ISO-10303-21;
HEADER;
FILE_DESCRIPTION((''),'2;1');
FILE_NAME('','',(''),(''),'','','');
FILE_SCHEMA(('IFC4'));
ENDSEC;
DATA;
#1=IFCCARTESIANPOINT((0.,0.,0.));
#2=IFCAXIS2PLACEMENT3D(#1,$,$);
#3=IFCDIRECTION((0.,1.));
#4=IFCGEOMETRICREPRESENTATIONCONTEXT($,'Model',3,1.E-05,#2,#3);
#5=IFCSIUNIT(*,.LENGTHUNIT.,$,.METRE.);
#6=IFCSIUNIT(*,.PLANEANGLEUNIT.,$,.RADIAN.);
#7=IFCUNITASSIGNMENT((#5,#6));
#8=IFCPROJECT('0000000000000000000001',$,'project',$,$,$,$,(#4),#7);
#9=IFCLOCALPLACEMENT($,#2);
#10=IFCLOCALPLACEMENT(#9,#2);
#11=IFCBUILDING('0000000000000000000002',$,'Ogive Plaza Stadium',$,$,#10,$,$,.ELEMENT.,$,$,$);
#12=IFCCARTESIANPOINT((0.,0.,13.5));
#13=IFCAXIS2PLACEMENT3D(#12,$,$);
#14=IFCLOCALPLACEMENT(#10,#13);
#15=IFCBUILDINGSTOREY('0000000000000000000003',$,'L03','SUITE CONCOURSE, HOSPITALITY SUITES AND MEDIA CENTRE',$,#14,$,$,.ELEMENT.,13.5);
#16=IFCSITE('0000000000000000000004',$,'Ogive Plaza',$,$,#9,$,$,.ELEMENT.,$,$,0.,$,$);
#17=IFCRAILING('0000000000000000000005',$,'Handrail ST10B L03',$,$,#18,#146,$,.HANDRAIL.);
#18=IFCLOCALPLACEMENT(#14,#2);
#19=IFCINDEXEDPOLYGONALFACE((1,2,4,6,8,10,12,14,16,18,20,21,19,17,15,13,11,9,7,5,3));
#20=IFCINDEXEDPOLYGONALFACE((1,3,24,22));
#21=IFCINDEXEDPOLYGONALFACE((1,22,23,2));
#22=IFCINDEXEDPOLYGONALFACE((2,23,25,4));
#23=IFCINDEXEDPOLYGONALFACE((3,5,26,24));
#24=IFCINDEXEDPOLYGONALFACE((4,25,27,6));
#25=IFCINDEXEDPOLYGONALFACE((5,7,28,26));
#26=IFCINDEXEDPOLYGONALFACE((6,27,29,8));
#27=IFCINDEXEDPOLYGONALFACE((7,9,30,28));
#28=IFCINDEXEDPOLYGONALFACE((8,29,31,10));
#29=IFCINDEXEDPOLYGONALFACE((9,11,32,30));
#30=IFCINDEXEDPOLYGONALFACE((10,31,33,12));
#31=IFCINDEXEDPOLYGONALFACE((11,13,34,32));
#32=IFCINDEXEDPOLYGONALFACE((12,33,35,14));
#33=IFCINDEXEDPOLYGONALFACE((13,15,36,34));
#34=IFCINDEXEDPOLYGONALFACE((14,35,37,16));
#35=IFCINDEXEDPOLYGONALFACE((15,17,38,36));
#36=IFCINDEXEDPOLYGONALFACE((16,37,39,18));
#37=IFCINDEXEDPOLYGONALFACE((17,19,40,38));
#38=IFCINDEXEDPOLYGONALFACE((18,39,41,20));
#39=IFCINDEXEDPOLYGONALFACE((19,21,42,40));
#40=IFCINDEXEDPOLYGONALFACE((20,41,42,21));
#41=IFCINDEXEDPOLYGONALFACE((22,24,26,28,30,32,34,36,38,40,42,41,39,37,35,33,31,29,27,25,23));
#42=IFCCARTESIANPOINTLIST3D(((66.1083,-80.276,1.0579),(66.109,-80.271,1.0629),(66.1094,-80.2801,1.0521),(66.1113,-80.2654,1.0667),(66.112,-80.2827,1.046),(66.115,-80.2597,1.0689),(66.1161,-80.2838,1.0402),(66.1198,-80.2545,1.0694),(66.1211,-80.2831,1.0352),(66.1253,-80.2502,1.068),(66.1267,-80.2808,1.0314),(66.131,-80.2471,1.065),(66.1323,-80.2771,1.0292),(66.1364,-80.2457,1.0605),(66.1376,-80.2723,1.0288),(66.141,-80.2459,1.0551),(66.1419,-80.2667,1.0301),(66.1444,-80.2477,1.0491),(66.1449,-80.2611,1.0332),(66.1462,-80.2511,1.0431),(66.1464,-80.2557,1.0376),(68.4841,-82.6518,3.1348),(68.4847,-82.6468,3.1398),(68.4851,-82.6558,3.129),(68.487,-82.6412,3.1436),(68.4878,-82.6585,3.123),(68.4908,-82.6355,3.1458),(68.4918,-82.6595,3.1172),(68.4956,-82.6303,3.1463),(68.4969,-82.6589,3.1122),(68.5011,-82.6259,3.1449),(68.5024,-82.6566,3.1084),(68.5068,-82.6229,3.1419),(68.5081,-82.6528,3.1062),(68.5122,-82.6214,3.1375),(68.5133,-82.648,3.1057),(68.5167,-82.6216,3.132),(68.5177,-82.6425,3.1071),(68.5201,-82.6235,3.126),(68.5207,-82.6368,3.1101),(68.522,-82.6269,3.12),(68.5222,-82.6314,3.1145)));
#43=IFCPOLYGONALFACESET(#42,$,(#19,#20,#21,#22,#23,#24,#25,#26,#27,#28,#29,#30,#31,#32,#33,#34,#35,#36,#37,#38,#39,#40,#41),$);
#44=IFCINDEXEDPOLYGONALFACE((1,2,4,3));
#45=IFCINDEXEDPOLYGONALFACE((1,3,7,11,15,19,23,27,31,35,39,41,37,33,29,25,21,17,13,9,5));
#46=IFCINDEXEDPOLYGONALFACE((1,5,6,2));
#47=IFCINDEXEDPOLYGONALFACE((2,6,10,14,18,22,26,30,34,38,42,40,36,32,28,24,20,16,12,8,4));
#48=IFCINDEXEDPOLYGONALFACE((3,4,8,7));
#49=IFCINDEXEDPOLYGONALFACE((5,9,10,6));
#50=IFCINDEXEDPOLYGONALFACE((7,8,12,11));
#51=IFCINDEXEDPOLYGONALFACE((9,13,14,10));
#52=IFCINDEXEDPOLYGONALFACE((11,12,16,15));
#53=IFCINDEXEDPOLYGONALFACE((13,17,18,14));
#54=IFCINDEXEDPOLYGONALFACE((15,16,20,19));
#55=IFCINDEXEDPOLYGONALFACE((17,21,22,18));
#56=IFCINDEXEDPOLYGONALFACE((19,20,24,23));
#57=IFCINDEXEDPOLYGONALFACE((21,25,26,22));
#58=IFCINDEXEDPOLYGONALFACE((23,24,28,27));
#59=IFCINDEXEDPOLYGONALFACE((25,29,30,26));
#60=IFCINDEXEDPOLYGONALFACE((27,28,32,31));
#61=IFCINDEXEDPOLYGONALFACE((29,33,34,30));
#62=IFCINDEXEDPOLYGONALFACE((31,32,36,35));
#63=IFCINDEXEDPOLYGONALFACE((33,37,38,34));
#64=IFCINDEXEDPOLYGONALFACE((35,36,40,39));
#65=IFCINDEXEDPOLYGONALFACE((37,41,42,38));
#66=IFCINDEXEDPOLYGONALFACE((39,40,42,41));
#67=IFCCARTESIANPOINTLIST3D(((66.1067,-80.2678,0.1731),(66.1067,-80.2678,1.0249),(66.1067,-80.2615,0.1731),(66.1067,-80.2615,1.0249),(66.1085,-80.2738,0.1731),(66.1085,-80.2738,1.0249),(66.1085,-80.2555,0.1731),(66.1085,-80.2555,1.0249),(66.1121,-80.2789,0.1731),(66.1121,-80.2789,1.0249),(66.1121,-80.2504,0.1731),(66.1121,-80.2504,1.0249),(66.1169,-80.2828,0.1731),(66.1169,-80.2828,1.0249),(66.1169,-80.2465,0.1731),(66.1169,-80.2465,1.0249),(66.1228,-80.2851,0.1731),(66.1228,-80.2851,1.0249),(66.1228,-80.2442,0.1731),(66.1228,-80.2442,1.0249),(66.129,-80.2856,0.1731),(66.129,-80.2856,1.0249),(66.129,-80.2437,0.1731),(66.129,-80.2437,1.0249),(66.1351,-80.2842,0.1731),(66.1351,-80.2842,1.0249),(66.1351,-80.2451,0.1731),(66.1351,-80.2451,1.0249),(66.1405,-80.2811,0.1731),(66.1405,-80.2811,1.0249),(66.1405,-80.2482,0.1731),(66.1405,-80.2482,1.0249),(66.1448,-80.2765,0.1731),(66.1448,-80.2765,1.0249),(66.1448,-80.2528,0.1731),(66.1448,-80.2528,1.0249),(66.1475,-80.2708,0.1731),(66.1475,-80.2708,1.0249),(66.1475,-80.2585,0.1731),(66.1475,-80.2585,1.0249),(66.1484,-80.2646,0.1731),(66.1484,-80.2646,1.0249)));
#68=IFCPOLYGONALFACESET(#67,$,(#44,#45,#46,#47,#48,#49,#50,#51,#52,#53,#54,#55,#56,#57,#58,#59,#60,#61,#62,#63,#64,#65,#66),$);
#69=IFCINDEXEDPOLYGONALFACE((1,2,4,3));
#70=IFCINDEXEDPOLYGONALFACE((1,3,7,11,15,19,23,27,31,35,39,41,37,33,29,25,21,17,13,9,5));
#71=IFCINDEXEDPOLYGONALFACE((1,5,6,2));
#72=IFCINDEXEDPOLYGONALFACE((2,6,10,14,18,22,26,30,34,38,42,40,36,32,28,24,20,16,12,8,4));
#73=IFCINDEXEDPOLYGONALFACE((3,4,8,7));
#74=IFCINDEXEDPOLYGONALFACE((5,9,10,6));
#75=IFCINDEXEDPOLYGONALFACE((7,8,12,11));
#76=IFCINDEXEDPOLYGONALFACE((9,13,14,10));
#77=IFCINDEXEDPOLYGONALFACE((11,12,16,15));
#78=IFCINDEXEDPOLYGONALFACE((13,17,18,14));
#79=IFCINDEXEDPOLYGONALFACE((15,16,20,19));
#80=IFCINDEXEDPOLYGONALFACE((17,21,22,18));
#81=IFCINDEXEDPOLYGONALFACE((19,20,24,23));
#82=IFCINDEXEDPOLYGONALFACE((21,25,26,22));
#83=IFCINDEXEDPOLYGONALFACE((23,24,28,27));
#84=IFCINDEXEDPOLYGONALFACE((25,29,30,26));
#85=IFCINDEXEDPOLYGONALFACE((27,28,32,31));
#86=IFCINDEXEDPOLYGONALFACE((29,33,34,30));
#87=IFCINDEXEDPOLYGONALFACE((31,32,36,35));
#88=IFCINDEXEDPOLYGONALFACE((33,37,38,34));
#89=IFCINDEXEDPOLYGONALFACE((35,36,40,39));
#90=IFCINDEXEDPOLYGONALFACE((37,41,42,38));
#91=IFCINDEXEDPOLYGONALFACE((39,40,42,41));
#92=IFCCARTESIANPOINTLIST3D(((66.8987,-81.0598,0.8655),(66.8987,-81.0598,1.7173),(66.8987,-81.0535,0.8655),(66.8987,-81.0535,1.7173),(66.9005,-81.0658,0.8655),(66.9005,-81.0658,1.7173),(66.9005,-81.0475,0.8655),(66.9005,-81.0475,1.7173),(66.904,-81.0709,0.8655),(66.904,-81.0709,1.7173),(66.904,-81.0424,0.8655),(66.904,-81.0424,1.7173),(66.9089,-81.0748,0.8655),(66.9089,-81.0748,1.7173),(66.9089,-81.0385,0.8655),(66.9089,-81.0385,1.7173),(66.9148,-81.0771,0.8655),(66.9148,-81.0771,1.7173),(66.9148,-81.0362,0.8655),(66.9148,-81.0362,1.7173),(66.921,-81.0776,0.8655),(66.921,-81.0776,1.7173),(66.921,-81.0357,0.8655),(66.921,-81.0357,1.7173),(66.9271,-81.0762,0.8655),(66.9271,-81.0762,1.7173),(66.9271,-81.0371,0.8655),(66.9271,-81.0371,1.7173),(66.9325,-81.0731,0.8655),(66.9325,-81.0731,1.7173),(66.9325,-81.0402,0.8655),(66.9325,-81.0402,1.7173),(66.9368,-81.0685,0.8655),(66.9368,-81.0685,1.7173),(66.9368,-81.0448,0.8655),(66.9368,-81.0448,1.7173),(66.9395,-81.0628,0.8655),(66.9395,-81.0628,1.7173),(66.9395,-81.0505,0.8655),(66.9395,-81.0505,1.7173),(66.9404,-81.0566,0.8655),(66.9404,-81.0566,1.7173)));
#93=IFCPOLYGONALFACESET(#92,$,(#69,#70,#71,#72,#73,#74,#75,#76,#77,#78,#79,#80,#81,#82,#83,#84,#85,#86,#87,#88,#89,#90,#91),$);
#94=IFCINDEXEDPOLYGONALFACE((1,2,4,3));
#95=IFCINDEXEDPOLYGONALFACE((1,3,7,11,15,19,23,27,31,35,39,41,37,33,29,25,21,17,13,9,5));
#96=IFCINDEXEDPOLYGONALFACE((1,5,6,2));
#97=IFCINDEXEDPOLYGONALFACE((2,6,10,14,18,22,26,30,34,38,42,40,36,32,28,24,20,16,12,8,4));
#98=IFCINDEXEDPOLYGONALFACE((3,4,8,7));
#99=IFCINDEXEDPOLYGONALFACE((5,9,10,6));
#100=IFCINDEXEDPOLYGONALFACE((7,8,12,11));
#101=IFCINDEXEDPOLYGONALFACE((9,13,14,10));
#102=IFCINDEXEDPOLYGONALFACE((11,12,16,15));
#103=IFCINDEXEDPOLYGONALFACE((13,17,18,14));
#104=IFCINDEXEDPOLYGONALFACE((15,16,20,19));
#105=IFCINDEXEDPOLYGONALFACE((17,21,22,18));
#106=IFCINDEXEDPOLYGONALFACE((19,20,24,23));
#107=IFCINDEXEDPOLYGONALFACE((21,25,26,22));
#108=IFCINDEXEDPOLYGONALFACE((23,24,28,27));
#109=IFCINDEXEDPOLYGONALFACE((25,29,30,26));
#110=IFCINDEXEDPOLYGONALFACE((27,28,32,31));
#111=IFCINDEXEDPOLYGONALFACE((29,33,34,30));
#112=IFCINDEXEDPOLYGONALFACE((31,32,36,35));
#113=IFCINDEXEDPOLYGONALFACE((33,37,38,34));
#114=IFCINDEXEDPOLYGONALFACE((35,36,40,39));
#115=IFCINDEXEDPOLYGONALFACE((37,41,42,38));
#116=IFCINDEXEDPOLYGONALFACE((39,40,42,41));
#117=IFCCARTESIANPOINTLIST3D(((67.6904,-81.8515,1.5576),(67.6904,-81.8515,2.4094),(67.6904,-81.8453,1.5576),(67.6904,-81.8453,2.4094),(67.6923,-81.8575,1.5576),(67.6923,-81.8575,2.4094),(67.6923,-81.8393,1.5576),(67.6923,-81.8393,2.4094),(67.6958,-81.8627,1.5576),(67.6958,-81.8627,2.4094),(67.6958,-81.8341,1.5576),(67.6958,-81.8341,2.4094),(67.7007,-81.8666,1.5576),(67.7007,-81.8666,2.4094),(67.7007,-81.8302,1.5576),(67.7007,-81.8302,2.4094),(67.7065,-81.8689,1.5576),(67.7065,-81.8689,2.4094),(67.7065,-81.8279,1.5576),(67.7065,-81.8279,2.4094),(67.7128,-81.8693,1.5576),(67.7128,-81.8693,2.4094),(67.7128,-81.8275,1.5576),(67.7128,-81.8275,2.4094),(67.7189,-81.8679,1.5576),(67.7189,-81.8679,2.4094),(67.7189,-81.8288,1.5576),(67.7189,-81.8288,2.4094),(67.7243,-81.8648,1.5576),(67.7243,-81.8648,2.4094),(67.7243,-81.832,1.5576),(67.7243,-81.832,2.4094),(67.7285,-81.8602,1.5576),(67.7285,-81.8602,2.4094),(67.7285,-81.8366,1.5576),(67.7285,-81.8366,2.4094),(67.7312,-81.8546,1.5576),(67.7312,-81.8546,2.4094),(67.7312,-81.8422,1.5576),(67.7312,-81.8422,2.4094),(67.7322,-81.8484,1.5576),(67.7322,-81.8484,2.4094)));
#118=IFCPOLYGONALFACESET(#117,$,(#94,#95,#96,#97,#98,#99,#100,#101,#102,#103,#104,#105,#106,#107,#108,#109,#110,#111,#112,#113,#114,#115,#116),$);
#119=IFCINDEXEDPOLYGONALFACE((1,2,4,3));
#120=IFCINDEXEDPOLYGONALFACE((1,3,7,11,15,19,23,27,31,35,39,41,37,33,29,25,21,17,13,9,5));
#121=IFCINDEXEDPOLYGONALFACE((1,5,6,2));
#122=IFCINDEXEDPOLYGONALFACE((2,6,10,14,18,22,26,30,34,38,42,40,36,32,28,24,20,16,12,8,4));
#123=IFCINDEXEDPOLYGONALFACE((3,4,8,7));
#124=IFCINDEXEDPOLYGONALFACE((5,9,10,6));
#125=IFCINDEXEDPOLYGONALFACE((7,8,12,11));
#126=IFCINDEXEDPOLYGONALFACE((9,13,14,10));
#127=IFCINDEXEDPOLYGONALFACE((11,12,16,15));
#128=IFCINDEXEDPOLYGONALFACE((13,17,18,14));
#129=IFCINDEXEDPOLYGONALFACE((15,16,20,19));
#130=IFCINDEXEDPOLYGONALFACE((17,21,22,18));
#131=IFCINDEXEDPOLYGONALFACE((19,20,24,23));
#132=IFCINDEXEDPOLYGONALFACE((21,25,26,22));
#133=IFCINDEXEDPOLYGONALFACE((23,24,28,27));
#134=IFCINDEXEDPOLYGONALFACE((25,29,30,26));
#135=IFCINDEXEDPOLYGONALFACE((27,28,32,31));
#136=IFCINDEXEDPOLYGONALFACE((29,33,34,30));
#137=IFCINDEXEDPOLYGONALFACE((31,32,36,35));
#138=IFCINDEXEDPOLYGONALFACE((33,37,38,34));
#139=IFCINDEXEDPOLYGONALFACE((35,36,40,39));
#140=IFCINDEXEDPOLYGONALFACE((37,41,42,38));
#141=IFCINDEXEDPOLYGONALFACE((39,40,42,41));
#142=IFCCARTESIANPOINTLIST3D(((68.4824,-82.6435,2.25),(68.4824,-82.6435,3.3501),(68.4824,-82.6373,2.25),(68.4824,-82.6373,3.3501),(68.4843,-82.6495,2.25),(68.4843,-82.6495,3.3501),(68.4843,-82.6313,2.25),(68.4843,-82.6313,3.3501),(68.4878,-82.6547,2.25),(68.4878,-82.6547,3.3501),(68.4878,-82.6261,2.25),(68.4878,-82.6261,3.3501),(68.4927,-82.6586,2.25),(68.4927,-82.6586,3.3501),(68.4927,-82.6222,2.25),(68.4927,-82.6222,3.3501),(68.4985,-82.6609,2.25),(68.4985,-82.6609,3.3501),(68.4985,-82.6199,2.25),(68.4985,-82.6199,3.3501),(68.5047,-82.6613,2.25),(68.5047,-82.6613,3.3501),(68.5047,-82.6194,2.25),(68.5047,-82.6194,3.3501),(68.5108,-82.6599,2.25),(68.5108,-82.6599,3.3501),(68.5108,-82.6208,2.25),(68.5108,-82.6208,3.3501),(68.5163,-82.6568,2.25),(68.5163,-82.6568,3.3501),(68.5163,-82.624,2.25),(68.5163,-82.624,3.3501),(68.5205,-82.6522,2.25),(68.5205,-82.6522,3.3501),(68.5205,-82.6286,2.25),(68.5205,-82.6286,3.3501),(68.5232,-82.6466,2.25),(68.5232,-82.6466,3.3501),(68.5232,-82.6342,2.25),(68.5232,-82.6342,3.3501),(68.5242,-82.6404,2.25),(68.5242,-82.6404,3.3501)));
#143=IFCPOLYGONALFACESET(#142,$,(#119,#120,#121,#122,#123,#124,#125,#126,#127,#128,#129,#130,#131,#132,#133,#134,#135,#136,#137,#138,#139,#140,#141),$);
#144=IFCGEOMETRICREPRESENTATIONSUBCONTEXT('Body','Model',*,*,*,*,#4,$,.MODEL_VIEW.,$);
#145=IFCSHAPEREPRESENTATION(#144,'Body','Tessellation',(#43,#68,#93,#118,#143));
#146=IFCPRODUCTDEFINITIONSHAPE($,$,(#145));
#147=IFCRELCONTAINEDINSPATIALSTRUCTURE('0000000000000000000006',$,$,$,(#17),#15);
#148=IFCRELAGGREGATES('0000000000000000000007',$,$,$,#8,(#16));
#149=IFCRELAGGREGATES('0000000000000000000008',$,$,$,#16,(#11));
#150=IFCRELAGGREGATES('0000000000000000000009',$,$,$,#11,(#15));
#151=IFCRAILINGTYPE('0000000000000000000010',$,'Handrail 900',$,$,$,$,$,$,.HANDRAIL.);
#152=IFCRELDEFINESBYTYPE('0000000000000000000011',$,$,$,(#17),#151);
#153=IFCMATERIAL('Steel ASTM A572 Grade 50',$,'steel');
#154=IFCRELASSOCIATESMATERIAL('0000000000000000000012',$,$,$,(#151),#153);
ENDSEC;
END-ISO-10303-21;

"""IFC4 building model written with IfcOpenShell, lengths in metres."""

from ifc_helpers import new_model, si_unit, direction, frame, origin, origin_2d, place, context, subcontext, project, spatial, circle, extrude, material, type_object, element, save


model = new_model("IFC4")

# Units and contexts
model_context = context("Model", 3, precision=1e-05, world=origin(), true_north=direction((0.0, 1.0)))
body_context = subcontext(model_context, "Body", "Model", "MODEL_VIEW")
ifc_project = project(units=[si_unit("LENGTHUNIT", "METRE"), si_unit("PLANEANGLEUNIT", "RADIAN")], contexts=[model_context])

# Site, building, storey
site_placement = place(None, origin())
site = spatial("IfcSite", under=ifc_project, at=site_placement, Name="Ogive Plaza", CompositionType="ELEMENT", RefElevation=0.0)
building_placement = place(site_placement, origin())
building = spatial("IfcBuilding", under=site, at=building_placement, Name="Ogive Plaza Stadium", CompositionType="ELEMENT")
storey_placement = place(building_placement, frame((0.0, 0.0, 13.5)))
storey = spatial("IfcBuildingStorey", under=building, at=storey_placement, Name="L03", Description="SUITE CONCOURSE, HOSPITALITY SUITES AND MEDIA CENTRE", CompositionType="ELEMENT", Elevation=13.5)

# Railing
ifc_material_1 = material(Name="Steel ASTM A572 Grade 50", Category="steel")
railing_type_1 = type_object("IfcRailingType", Name="Handrail 900", PredefinedType="HANDRAIL", material=ifc_material_1)
railing_1_placement = place(storey_placement, frame((66.1274, -80.2646, 0.1731)))
element("IfcRailing", 1, at=railing_1_placement, inside=storey, type_object=railing_type_1, Name="Handrail ST10B L03", PredefinedType="HANDRAIL", context=body_context, shape_type="SweptSolid", body=[
    extrude(circle(Radius=0.0239, at=origin_2d()), frame((0.0, 0.0, 0.876), z_axis=(0.601466, -0.601466, 0.525811), x_axis=(0.707107, 0.707107, 0.0)), (0.0, 0.0, 1.0), 3.95),
    extrude(circle(Radius=0.021, at=origin_2d()), origin(), (0.0, 0.0, 1.0), 0.8518),
    extrude(circle(Radius=0.021, at=origin_2d()), frame((0.792, -0.792, 0.6924)), (0.0, 0.0, 1.0), 0.8518),
    extrude(circle(Radius=0.021, at=origin_2d()), frame((1.5837, -1.5837, 1.3845)), (0.0, 0.0, 1.0), 0.8518),
    extrude(circle(Radius=0.021, at=origin_2d()), frame((2.3757, -2.3757, 2.0769)), (0.0, 0.0, 1.0), 1.1001),
])

save(model, "model.ifc")
